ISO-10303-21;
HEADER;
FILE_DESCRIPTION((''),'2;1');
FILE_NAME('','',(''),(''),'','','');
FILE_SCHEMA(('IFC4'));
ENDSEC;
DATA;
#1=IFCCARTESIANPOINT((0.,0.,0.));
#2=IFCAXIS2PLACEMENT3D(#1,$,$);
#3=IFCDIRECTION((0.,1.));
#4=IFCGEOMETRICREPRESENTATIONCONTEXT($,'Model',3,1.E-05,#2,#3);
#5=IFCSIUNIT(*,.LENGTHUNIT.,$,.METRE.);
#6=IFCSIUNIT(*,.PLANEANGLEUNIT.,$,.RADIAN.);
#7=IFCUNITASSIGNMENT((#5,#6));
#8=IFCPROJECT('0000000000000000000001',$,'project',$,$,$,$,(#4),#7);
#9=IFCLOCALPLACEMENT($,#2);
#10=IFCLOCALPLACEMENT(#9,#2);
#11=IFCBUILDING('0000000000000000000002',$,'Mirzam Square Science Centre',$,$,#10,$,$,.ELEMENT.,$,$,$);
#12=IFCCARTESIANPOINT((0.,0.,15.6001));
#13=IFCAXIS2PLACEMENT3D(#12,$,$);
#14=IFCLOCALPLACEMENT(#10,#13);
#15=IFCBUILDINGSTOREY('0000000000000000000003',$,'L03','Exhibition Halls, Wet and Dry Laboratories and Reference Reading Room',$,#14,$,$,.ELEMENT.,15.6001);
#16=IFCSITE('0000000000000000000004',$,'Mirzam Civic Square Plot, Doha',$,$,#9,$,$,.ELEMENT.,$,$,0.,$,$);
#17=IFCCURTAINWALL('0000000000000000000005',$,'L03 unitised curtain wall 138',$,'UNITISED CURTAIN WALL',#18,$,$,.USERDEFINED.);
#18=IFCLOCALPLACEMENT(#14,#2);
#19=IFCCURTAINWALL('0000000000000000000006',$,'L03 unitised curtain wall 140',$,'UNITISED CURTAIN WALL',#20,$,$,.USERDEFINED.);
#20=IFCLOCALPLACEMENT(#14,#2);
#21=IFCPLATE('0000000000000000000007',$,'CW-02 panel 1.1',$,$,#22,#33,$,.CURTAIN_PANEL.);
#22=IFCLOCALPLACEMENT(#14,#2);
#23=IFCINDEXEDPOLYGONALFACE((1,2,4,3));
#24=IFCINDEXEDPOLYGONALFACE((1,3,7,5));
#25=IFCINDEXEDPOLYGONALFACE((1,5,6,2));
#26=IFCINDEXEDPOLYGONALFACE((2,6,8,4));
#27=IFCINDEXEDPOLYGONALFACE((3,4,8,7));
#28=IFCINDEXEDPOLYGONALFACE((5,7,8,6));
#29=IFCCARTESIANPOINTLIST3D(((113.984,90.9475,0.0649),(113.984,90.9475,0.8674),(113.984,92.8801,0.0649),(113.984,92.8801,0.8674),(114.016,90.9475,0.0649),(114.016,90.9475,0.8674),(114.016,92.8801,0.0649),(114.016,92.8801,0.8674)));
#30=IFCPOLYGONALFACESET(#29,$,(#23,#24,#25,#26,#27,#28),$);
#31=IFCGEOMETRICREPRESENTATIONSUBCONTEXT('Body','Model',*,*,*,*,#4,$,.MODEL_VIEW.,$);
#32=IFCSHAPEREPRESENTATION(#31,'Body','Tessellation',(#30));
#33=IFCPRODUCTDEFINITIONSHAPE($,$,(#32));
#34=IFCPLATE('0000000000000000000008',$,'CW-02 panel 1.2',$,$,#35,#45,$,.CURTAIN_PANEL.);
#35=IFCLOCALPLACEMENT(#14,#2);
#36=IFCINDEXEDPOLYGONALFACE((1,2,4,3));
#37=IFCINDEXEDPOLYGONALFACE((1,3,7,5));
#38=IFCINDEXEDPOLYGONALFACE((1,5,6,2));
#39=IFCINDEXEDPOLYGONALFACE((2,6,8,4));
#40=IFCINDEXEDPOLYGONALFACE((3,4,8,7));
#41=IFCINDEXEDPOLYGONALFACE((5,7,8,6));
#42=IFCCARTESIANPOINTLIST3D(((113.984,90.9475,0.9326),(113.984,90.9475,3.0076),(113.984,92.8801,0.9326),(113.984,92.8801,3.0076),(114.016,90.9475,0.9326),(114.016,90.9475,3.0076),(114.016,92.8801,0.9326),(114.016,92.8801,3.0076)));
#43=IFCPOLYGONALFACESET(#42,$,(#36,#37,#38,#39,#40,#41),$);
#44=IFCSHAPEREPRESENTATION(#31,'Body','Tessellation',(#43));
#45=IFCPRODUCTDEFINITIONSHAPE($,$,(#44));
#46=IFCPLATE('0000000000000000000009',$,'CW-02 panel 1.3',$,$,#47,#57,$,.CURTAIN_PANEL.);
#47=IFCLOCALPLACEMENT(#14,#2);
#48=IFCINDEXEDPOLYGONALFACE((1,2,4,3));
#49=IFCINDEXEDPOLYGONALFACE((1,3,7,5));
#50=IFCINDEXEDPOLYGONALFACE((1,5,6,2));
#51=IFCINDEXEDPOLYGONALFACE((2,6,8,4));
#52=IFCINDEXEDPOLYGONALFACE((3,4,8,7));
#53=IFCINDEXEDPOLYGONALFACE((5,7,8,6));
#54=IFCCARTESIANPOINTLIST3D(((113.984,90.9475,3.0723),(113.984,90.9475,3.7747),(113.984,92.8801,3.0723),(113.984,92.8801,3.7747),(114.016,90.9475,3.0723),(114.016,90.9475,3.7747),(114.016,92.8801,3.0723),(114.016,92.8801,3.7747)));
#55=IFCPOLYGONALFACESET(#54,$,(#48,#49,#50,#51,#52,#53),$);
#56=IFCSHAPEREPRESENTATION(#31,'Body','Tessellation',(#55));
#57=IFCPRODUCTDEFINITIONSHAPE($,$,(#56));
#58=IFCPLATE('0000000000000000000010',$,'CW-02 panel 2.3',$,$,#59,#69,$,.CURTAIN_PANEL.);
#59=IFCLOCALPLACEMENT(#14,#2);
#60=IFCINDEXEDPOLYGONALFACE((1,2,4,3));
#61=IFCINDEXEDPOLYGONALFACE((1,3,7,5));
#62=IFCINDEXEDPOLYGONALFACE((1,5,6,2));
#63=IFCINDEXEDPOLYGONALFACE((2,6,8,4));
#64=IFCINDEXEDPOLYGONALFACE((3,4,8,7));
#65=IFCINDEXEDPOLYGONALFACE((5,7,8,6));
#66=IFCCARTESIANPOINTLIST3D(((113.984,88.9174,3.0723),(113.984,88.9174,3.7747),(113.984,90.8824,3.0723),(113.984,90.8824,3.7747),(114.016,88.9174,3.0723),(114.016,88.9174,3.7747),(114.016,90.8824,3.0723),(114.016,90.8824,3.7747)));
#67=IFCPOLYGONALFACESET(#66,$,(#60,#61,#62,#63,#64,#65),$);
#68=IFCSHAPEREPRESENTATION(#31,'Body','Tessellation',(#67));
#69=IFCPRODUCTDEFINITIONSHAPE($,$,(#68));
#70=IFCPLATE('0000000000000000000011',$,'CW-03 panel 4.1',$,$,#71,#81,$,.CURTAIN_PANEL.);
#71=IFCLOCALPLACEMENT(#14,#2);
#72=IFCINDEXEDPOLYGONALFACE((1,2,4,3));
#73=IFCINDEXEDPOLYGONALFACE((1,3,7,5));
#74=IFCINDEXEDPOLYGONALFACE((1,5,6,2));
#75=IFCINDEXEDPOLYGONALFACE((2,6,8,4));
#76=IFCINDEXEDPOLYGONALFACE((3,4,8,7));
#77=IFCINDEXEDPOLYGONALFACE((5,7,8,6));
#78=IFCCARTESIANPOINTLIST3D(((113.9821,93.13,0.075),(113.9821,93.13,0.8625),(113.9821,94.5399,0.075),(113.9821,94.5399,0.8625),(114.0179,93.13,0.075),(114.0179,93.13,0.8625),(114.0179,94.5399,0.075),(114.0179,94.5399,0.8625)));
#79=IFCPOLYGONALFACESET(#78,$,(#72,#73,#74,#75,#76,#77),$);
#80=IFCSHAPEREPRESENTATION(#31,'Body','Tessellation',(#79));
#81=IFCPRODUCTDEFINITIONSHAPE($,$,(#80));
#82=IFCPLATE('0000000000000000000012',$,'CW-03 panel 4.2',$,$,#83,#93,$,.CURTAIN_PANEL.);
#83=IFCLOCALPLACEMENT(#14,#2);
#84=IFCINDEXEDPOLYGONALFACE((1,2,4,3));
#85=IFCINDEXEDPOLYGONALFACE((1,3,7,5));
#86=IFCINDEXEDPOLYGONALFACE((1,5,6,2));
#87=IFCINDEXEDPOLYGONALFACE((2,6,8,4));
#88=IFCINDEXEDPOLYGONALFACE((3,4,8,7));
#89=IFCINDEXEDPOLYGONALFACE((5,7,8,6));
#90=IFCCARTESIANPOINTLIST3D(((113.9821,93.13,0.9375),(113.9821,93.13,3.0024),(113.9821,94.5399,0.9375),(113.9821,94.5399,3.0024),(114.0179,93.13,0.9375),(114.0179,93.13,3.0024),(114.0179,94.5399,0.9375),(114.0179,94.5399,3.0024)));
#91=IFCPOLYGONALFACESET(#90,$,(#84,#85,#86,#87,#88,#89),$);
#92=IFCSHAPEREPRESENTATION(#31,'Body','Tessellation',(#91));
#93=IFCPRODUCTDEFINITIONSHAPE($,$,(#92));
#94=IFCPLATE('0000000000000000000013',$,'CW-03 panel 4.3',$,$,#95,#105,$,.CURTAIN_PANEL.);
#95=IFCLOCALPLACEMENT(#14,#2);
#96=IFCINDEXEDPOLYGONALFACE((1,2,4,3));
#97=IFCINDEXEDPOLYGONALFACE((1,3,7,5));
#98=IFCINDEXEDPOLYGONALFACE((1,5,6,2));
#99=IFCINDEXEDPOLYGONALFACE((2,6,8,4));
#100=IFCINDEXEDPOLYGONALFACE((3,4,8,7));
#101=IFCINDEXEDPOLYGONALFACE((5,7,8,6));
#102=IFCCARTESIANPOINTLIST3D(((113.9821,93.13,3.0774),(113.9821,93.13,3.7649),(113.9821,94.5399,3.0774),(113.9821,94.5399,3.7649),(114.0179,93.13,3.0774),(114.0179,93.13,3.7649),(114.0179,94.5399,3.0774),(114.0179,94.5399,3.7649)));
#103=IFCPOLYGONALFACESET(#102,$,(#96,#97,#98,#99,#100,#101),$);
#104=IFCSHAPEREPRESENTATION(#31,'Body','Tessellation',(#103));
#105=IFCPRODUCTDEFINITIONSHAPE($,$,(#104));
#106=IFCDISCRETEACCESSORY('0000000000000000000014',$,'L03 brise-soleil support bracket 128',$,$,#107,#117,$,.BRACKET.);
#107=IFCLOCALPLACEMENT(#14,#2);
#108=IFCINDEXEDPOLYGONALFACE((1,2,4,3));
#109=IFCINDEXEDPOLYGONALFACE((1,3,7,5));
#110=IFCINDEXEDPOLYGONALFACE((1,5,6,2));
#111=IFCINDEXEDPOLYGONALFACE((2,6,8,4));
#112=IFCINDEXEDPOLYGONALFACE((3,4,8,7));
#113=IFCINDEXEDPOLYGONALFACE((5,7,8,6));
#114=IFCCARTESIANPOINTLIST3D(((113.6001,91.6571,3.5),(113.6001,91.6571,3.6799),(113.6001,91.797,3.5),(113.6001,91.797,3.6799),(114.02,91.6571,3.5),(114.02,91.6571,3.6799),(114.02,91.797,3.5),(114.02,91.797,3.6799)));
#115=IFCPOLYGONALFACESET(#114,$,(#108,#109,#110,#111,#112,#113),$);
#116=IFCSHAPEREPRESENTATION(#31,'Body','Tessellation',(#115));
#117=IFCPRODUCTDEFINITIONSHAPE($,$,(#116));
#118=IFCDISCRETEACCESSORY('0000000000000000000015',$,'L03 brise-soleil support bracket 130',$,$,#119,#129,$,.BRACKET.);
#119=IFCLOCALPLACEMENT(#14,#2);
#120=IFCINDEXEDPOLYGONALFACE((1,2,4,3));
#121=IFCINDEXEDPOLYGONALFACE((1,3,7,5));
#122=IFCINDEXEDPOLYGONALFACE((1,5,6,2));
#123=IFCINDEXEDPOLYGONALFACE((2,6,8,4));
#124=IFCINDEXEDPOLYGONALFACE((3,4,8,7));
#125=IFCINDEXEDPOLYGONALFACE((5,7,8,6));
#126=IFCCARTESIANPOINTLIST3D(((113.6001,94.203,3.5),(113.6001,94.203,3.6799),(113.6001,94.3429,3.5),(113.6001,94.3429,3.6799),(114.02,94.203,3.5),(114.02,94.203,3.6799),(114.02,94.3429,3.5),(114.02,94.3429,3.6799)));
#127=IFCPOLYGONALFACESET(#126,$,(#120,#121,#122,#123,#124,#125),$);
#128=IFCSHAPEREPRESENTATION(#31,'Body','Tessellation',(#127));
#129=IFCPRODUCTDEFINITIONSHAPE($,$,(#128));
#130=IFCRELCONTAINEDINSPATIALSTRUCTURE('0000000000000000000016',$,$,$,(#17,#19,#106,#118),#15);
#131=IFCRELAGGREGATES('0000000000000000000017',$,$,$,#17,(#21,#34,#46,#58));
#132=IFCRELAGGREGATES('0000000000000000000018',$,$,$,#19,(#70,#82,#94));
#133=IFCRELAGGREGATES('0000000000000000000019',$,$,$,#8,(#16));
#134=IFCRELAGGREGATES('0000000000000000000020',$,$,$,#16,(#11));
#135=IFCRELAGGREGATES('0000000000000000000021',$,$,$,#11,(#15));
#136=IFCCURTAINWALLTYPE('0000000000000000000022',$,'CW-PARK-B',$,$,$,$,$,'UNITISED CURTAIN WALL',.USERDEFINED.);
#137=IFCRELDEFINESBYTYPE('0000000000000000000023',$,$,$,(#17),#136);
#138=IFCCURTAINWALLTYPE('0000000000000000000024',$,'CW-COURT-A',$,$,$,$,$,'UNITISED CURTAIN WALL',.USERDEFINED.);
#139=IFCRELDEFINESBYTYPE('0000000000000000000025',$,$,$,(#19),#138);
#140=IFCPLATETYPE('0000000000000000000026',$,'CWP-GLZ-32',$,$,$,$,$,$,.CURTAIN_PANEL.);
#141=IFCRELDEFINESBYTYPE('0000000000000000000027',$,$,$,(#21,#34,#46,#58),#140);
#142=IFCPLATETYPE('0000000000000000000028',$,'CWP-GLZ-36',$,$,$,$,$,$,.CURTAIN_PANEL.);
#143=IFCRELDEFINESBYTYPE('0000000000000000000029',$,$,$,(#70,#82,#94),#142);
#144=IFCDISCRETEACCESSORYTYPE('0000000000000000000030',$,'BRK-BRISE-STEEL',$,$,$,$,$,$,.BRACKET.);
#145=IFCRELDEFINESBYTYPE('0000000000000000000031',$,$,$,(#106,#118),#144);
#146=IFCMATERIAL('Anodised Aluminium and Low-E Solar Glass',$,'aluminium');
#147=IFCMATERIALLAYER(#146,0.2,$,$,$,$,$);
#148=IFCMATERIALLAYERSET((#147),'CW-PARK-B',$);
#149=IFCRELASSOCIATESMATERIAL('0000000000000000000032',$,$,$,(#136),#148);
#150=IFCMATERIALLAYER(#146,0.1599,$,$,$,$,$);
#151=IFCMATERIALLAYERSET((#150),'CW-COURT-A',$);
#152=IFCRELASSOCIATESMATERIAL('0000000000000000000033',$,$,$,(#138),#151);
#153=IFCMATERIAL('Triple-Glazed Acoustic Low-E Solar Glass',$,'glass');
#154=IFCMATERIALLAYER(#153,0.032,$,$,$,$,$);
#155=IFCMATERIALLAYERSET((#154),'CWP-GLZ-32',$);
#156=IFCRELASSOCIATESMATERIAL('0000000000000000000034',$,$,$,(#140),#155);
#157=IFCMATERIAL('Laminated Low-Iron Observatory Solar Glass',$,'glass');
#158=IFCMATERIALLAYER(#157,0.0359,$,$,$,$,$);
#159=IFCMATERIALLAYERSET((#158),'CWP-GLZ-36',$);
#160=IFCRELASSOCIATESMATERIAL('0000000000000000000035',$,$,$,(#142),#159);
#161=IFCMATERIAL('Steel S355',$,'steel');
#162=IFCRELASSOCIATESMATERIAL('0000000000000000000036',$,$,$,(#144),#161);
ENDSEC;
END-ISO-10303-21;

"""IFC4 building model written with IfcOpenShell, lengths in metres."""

from ifc_helpers import new_model, si_unit, direction, frame, origin, origin_2d, place, context, subcontext, project, spatial, rectangle, extrude, material, layer, layer_set, type_object, element, aggregate, save


model = new_model("IFC4")

# Units and contexts
model_context = context("Model", 3, precision=1e-05, world=origin(), true_north=direction((0.0, 1.0)))
body_context = subcontext(model_context, "Body", "Model", "MODEL_VIEW")
ifc_project = project(units=[si_unit("LENGTHUNIT", "METRE"), si_unit("PLANEANGLEUNIT", "RADIAN")], contexts=[model_context])

# Site, building, storey
site_placement = place(None, origin())
site = spatial("IfcSite", under=ifc_project, at=site_placement, Name="Mirzam Civic Square Plot, Doha", CompositionType="ELEMENT", RefElevation=0.0)
building_placement = place(site_placement, origin())
building = spatial("IfcBuilding", under=site, at=building_placement, Name="Mirzam Square Science Centre", CompositionType="ELEMENT")
storey_placement = place(building_placement, frame((0.0, 0.0, 15.6001)))
storey = spatial("IfcBuildingStorey", under=building, at=storey_placement, Name="L03", Description="Exhibition Halls, Wet and Dry Laboratories and Reference Reading Room", CompositionType="ELEMENT", Elevation=15.6001)

# Shared definitions
ifc_material_1 = material(Name="Steel S355", Category="steel")

# Curtain wall
ifc_material_2 = material(Name="Anodised Aluminium and Low-E Solar Glass", Category="aluminium")
ifc_layer_1 = layer(ifc_material_2, 0.2)
ifc_layer_set_1 = layer_set([ifc_layer_1], Name="CW-PARK-B")
curtain_wall_type_1 = type_object("IfcCurtainWallType", Name="CW-PARK-B", ElementType="UNITISED CURTAIN WALL", PredefinedType="USERDEFINED", material=ifc_layer_set_1)
curtain_wall_1_placement = place(storey_placement, origin())
curtain_wall_1 = element("IfcCurtainWall", 1, at=curtain_wall_1_placement, inside=storey, type_object=curtain_wall_type_1, Name="L03 unitised curtain wall 138", ObjectType="UNITISED CURTAIN WALL", PredefinedType="USERDEFINED")

# Curtain wall
ifc_layer_2 = layer(ifc_material_2, 0.1599)
ifc_layer_set_2 = layer_set([ifc_layer_2], Name="CW-COURT-A")
curtain_wall_type_2 = type_object("IfcCurtainWallType", Name="CW-COURT-A", ElementType="UNITISED CURTAIN WALL", PredefinedType="USERDEFINED", material=ifc_layer_set_2)
curtain_wall_2_placement = place(storey_placement, origin())
curtain_wall_2 = element("IfcCurtainWall", 2, at=curtain_wall_2_placement, inside=storey, type_object=curtain_wall_type_2, Name="L03 unitised curtain wall 140", ObjectType="UNITISED CURTAIN WALL", PredefinedType="USERDEFINED")

# Plates
ifc_material_3 = material(Name="Triple-Glazed Acoustic Low-E Solar Glass", Category="glass")
ifc_layer_3 = layer(ifc_material_3, 0.032)
ifc_layer_set_3 = layer_set([ifc_layer_3], Name="CWP-GLZ-32")
plate_type_1 = type_object("IfcPlateType", Name="CWP-GLZ-32", PredefinedType="CURTAIN_PANEL", material=ifc_layer_set_3)
plate_1_placement = place(storey_placement, frame((114.0, 91.9138, 0.0649), z_axis=(0.0, 0.0, 1.0), x_axis=(0.0, -1.0, 0.0)))
plate_1 = element("IfcPlate", 3, at=plate_1_placement, type_object=plate_type_1, Name="CW-02 panel 1.1", PredefinedType="CURTAIN_PANEL", context=body_context, shape_type="SweptSolid", body=[
    extrude(rectangle(XDim=1.9326, YDim=0.032, at=origin_2d()), origin(), (0.0, 0.0, 1.0), 0.8025),
])
plate_2_placement = place(storey_placement, frame((114.0, 91.9138, 0.9326), z_axis=(0.0, 0.0, 1.0), x_axis=(0.0, -1.0, 0.0)))
plate_2 = element("IfcPlate", 4, at=plate_2_placement, type_object=plate_type_1, Name="CW-02 panel 1.2", PredefinedType="CURTAIN_PANEL", context=body_context, shape_type="SweptSolid", body=[
    extrude(rectangle(XDim=1.9326, YDim=0.032, at=origin_2d()), origin(), (0.0, 0.0, 1.0), 2.075),
])
plate_3_placement = place(storey_placement, frame((114.0, 91.9138, 3.0723), z_axis=(0.0, 0.0, 1.0), x_axis=(0.0, -1.0, 0.0)))
plate_3 = element("IfcPlate", 5, at=plate_3_placement, type_object=plate_type_1, Name="CW-02 panel 1.3", PredefinedType="CURTAIN_PANEL", context=body_context, shape_type="SweptSolid", body=[
    extrude(rectangle(XDim=1.9326, YDim=0.032, at=origin_2d()), origin(), (0.0, 0.0, 1.0), 0.7024),
])
plate_4_placement = place(storey_placement, frame((114.0, 89.8999, 3.0723), z_axis=(0.0, 0.0, 1.0), x_axis=(0.0, -1.0, 0.0)))
plate_4 = element("IfcPlate", 6, at=plate_4_placement, type_object=plate_type_1, Name="CW-02 panel 2.3", PredefinedType="CURTAIN_PANEL", context=body_context, shape_type="SweptSolid", body=[
    extrude(rectangle(XDim=1.9651, YDim=0.032, at=origin_2d()), origin(), (0.0, 0.0, 1.0), 0.7024),
])
aggregate(curtain_wall_1, [plate_1, plate_2, plate_3, plate_4])
ifc_material_4 = material(Name="Laminated Low-Iron Observatory Solar Glass", Category="glass")
ifc_layer_4 = layer(ifc_material_4, 0.0359)
ifc_layer_set_4 = layer_set([ifc_layer_4], Name="CWP-GLZ-36")
plate_type_2 = type_object("IfcPlateType", Name="CWP-GLZ-36", PredefinedType="CURTAIN_PANEL", material=ifc_layer_set_4)
plate_5_placement = place(storey_placement, frame((114.0, 93.835, 0.075), z_axis=(0.0, 0.0, 1.0), x_axis=(0.0, -1.0, 0.0)))
plate_5 = element("IfcPlate", 7, at=plate_5_placement, type_object=plate_type_2, Name="CW-03 panel 4.1", PredefinedType="CURTAIN_PANEL", context=body_context, shape_type="SweptSolid", body=[
    extrude(rectangle(XDim=1.4099, YDim=0.0359, at=origin_2d()), origin(), (0.0, 0.0, 1.0), 0.7876),
])
plate_6_placement = place(storey_placement, frame((114.0, 93.835, 0.9375), z_axis=(0.0, 0.0, 1.0), x_axis=(0.0, -1.0, 0.0)))
plate_6 = element("IfcPlate", 8, at=plate_6_placement, type_object=plate_type_2, Name="CW-03 panel 4.2", PredefinedType="CURTAIN_PANEL", context=body_context, shape_type="SweptSolid", body=[
    extrude(rectangle(XDim=1.4099, YDim=0.0359, at=origin_2d()), origin(), (0.0, 0.0, 1.0), 2.0649),
])
plate_7_placement = place(storey_placement, frame((114.0, 93.835, 3.0774), z_axis=(0.0, 0.0, 1.0), x_axis=(0.0, -1.0, 0.0)))
plate_7 = element("IfcPlate", 9, at=plate_7_placement, type_object=plate_type_2, Name="CW-03 panel 4.3", PredefinedType="CURTAIN_PANEL", context=body_context, shape_type="SweptSolid", body=[
    extrude(rectangle(XDim=1.4099, YDim=0.0359, at=origin_2d()), origin(), (0.0, 0.0, 1.0), 0.6875),
])
aggregate(curtain_wall_2, [plate_5, plate_6, plate_7])

# Discrete accessories
discrete_accessory_type = type_object("IfcDiscreteAccessoryType", Name="BRK-BRISE-STEEL", PredefinedType="BRACKET", material=ifc_material_1)
for number, where, z_axis, x_axis, name in (
    (10, (113.8101, 91.7271, 3.5), (0.0, 0.0, 1.0), (0.0, -1.0, 0.0), "L03 brise-soleil support bracket 128"),
    (11, (113.8101, 94.2729, 3.5), (0.0, 0.0, 1.0), (0.0, -1.0, 0.0), "L03 brise-soleil support bracket 130"),
):
    element("IfcDiscreteAccessory", number, at=place(storey_placement, frame(where, z_axis=z_axis, x_axis=x_axis)), inside=storey, type_object=discrete_accessory_type, Name=name, PredefinedType="BRACKET", context=body_context, shape_type="SweptSolid", body=[
        extrude(rectangle(XDim=0.1399, YDim=0.4199, at=origin_2d()), origin(), (0.0, 0.0, 1.0), 0.1799),
    ])

save(model, "model.ifc")
